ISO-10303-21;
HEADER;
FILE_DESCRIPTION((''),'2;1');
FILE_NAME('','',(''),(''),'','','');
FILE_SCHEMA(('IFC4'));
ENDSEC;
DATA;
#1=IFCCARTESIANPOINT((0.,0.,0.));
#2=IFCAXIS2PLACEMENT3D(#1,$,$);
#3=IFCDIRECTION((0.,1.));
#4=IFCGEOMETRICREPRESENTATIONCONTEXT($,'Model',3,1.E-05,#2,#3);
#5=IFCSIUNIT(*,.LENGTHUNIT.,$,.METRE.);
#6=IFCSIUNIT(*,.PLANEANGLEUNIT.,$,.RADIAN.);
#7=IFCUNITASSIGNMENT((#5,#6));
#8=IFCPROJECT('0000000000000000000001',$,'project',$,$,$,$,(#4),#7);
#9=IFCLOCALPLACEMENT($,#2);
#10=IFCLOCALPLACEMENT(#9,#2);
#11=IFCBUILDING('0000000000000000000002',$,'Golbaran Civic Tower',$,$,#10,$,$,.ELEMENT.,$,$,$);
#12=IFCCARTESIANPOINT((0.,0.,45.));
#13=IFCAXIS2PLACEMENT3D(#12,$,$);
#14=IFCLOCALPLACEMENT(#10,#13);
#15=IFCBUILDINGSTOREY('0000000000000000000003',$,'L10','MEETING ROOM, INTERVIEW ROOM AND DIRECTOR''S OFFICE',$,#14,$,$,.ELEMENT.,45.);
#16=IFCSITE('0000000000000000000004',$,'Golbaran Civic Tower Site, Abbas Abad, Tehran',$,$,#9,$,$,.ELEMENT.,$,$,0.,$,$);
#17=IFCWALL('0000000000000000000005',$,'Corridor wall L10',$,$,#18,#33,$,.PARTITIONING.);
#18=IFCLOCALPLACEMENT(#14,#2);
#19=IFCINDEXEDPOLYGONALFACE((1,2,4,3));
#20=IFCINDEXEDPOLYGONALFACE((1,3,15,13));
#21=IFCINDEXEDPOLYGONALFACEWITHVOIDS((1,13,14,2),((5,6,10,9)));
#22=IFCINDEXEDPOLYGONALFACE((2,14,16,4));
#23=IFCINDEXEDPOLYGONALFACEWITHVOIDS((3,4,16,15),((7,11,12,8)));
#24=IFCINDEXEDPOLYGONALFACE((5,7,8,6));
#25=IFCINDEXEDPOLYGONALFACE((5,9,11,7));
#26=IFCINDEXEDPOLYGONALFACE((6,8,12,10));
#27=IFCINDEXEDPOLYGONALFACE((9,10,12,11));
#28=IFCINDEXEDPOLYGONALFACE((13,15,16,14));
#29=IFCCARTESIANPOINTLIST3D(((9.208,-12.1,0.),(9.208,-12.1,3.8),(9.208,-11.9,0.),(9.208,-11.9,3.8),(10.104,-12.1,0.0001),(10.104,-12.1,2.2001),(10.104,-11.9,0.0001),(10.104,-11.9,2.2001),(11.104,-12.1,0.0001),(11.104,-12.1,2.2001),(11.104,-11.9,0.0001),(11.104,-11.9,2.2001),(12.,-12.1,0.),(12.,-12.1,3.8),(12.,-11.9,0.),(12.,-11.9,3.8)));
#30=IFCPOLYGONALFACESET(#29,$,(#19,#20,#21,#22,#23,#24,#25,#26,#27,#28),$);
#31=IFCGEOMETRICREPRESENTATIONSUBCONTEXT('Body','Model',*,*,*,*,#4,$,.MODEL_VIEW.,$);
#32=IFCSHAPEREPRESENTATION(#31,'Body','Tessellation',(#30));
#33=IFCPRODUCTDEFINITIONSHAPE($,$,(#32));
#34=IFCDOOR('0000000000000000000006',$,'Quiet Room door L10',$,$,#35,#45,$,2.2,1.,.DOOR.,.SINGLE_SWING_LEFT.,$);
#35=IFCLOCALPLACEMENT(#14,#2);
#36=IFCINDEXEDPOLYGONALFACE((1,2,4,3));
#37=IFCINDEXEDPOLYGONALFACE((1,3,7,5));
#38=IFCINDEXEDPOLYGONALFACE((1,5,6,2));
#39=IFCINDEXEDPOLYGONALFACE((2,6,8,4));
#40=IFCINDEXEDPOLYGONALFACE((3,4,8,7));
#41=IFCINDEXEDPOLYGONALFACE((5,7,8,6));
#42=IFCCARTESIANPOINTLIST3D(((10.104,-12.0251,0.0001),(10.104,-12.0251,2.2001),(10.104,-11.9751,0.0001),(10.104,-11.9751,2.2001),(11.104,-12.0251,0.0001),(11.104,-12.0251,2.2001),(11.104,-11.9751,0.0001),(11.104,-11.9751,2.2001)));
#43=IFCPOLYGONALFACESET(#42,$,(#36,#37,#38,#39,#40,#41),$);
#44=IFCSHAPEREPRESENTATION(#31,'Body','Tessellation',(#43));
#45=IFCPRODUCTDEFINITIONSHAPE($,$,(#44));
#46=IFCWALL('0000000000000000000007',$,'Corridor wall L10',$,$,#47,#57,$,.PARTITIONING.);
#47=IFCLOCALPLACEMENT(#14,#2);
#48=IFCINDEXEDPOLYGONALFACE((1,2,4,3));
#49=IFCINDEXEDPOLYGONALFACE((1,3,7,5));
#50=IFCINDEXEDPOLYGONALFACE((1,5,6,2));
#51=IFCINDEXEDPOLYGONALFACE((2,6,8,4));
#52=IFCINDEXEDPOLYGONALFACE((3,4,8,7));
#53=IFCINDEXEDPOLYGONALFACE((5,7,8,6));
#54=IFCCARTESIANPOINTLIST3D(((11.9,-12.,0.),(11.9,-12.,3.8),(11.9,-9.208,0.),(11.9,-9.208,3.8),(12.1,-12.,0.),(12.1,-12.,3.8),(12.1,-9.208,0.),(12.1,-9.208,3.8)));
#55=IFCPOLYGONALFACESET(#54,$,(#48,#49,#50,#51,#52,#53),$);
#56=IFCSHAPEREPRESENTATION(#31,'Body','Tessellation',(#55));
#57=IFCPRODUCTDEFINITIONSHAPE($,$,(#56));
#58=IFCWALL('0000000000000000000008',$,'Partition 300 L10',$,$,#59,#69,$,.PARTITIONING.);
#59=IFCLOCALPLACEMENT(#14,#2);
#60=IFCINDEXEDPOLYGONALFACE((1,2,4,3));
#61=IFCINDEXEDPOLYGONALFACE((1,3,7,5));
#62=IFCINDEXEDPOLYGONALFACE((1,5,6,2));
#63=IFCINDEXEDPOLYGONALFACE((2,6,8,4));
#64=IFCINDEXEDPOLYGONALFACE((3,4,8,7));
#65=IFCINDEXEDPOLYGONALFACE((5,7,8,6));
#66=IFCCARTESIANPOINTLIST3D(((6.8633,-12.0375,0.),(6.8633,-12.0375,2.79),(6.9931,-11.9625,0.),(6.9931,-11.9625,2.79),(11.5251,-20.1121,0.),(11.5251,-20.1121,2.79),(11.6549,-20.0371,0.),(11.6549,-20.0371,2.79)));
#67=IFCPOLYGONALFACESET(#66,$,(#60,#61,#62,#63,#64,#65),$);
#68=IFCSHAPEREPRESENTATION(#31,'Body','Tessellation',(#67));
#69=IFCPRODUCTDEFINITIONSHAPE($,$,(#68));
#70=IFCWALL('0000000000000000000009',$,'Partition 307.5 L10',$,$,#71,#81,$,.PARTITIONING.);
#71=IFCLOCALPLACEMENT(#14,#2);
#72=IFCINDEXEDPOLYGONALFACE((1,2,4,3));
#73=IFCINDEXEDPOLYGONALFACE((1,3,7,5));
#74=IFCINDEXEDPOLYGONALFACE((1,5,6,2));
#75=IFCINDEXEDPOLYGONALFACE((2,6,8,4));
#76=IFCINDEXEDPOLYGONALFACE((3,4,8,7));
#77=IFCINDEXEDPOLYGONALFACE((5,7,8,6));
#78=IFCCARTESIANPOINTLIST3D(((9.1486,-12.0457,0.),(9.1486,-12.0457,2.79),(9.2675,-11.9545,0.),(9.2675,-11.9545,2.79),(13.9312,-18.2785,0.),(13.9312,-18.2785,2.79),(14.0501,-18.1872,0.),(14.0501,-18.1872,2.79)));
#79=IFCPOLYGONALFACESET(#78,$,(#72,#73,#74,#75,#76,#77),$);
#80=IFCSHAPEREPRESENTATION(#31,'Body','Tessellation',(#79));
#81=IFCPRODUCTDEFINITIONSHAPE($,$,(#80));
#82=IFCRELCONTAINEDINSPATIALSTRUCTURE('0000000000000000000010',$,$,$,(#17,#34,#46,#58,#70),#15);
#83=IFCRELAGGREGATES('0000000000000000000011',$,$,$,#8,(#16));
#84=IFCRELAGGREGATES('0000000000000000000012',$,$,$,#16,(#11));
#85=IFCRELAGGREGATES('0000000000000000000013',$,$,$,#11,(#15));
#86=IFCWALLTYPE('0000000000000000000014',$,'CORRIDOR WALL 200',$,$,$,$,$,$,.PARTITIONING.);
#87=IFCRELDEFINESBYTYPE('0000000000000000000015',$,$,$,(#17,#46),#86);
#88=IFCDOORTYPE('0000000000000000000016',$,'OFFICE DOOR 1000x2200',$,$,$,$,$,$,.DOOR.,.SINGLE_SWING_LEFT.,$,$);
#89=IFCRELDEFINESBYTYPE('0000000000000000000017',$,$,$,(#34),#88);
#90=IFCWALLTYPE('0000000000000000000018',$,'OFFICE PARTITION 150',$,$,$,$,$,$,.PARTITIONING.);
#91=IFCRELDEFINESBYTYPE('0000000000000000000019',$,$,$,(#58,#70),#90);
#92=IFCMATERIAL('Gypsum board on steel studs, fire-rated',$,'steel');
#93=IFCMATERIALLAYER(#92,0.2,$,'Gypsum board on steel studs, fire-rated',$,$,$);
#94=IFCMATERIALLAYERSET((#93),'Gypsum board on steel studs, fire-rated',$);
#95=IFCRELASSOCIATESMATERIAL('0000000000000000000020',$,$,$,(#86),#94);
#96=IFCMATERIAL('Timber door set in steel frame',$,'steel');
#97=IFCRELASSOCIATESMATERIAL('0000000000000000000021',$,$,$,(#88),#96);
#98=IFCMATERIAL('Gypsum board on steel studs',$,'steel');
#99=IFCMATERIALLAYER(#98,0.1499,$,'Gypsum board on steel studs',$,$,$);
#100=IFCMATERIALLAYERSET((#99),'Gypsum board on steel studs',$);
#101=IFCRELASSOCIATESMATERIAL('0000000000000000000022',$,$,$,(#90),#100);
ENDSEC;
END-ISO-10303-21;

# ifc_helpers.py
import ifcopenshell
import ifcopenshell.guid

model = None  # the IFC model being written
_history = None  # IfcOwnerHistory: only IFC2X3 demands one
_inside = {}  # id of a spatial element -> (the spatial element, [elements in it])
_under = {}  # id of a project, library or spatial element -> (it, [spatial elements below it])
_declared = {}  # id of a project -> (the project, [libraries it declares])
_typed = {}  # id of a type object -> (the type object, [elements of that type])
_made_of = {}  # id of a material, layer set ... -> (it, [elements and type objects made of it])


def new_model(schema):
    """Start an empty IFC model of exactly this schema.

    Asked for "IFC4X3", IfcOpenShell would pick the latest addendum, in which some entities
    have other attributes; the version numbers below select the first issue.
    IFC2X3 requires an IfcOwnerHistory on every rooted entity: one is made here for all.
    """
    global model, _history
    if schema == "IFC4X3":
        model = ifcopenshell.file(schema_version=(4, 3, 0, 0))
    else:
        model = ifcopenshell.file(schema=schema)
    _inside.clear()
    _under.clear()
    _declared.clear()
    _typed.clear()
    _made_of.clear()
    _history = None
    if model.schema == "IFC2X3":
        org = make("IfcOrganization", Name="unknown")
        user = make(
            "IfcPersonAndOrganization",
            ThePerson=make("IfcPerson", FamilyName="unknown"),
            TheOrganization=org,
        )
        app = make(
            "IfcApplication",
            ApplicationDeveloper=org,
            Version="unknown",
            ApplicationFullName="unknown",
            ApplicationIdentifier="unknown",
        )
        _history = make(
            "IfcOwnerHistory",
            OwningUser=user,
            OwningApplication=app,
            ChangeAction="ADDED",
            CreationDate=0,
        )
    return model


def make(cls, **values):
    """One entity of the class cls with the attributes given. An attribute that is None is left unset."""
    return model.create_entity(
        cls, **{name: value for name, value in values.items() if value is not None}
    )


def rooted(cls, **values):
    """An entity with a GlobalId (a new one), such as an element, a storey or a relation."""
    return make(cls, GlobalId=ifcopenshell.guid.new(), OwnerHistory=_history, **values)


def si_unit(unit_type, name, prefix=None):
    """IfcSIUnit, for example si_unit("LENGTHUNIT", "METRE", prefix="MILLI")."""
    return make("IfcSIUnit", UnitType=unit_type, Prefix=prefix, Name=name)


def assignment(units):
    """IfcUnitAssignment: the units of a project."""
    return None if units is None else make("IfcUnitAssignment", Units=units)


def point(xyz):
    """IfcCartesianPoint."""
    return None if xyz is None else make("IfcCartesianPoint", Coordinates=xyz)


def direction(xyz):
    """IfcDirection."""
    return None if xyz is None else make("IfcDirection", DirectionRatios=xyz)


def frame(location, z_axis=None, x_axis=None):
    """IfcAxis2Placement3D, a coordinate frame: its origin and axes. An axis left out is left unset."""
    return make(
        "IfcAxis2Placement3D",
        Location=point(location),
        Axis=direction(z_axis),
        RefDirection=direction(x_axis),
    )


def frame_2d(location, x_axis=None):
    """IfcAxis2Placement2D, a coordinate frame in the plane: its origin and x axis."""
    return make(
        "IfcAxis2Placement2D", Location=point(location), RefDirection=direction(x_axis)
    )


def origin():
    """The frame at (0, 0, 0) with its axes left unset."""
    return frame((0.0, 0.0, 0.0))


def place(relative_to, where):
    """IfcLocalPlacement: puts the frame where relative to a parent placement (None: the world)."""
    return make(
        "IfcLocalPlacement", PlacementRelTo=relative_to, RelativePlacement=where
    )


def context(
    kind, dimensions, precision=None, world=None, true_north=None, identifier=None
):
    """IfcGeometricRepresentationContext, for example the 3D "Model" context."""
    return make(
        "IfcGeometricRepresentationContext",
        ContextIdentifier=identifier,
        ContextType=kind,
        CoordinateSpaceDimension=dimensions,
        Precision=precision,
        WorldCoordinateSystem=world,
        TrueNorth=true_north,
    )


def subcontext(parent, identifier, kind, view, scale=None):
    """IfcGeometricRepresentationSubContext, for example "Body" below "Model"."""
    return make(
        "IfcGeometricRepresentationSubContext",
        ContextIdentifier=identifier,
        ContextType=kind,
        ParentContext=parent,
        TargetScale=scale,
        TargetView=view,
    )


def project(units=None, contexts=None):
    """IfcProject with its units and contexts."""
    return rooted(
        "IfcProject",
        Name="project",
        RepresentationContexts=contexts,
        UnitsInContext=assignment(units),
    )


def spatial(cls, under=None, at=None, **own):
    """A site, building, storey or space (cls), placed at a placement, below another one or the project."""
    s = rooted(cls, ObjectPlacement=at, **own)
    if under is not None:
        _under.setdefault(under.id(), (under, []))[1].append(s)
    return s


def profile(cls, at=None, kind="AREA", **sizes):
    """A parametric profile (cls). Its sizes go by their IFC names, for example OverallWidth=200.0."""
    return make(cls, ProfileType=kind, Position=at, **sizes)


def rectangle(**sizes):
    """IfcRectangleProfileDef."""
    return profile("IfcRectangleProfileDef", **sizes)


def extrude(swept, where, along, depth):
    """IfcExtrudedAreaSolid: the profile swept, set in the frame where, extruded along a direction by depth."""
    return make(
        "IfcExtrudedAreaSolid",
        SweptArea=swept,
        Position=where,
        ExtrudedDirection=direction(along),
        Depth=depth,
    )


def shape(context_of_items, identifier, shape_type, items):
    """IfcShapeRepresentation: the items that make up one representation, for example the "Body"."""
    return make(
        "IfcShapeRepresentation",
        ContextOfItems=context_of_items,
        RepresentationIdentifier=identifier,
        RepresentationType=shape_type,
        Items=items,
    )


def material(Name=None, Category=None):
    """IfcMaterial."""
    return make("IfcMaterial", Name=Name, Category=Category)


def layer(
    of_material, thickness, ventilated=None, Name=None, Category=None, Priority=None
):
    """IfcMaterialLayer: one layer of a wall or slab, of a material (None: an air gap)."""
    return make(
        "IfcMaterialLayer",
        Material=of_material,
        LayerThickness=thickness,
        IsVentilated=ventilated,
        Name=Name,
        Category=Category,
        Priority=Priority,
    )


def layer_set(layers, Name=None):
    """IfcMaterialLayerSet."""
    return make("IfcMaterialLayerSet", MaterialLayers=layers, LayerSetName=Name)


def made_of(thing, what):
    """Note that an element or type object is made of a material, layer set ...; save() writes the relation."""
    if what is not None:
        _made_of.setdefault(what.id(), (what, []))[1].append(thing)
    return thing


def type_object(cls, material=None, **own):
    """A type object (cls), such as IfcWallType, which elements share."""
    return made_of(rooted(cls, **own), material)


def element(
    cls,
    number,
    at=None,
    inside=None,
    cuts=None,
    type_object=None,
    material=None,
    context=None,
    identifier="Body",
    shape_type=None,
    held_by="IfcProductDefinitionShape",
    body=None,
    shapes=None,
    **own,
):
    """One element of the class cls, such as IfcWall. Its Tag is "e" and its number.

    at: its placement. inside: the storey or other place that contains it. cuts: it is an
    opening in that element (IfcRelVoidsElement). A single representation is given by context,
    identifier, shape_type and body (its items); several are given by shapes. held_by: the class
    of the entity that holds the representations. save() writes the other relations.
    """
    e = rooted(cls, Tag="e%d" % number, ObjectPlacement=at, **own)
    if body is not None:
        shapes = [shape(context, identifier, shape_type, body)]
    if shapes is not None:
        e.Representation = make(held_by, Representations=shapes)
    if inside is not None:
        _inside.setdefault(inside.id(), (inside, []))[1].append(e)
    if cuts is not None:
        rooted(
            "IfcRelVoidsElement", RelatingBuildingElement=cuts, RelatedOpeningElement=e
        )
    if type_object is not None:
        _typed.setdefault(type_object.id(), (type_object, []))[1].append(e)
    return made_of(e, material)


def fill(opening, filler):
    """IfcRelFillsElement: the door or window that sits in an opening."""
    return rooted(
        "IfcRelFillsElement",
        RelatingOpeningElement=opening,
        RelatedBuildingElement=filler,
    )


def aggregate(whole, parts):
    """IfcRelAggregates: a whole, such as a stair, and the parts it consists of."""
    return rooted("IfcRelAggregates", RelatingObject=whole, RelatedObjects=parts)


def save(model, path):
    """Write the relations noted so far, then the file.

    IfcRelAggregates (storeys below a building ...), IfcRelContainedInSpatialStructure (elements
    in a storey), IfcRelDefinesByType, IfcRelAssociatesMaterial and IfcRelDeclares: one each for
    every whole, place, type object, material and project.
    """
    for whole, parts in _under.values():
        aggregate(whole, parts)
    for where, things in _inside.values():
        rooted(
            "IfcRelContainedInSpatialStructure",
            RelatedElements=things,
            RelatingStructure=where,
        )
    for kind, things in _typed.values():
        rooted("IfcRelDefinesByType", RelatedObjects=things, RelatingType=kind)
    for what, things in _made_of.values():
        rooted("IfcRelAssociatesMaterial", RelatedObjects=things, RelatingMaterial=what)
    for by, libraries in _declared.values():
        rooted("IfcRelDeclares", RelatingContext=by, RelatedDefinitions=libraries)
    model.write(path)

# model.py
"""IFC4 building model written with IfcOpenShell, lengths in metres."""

from ifc_helpers import new_model, si_unit, direction, frame, frame_2d, origin, place, context, subcontext, project, spatial, rectangle, extrude, material, layer, layer_set, type_object, element, fill, save


model = new_model("IFC4")

# Units and contexts
model_context = context("Model", 3, precision=1e-05, world=origin(), true_north=direction((0.0, 1.0)))
body_context = subcontext(model_context, "Body", "Model", "MODEL_VIEW")
ifc_project = project(units=[si_unit("LENGTHUNIT", "METRE"), si_unit("PLANEANGLEUNIT", "RADIAN")], contexts=[model_context])

# Site, building, storey
site_placement = place(None, origin())
site = spatial("IfcSite", under=ifc_project, at=site_placement, Name="Golbaran Civic Tower Site, Abbas Abad, Tehran", CompositionType="ELEMENT", RefElevation=0.0)
building_placement = place(site_placement, origin())
building = spatial("IfcBuilding", under=site, at=building_placement, Name="Golbaran Civic Tower", CompositionType="ELEMENT")
storey_placement = place(building_placement, frame((0.0, 0.0, 45.0)))
storey = spatial("IfcBuildingStorey", under=building, at=storey_placement, Name="L10", Description="MEETING ROOM, INTERVIEW ROOM AND DIRECTOR'S OFFICE", CompositionType="ELEMENT", Elevation=45.0)

# Wall, opening, door
ifc_material_1 = material(Name="Gypsum board on steel studs, fire-rated", Category="steel")
ifc_layer_1 = layer(ifc_material_1, 0.2, Name="Gypsum board on steel studs, fire-rated")
ifc_layer_set_1 = layer_set([ifc_layer_1], Name="Gypsum board on steel studs, fire-rated")
wall_type_1 = type_object("IfcWallType", Name="CORRIDOR WALL 200", PredefinedType="PARTITIONING", material=ifc_layer_set_1)
ifc_material_2 = material(Name="Timber door set in steel frame", Category="steel")
door_type = type_object("IfcDoorType", Name="OFFICE DOOR 1000x2200", OperationType="SINGLE_SWING_LEFT", PredefinedType="DOOR", material=ifc_material_2)
wall_1_placement = place(storey_placement, frame((9.208, -12.0, 0.0), z_axis=(0.0, 0.0, 1.0), x_axis=(1.0, 0.0, 0.0)))
wall_1 = element("IfcWall", 1, at=wall_1_placement, inside=storey, type_object=wall_type_1, Name="Corridor wall L10", PredefinedType="PARTITIONING", context=body_context, shape_type="SweptSolid", body=[
    extrude(rectangle(XDim=2.792, YDim=0.2, at=frame_2d((1.396, 0.0))), origin(), (0.0, 0.0, 1.0), 3.8),
])
opening_1_placement = place(wall_1_placement, frame((0.896, 0.0, 0.0)))
opening_1 = element("IfcOpeningElement", 2, at=opening_1_placement, cuts=wall_1, PredefinedType="OPENING", context=body_context, shape_type="SweptSolid", body=[
    extrude(rectangle(XDim=1.0, YDim=2.2, at=frame_2d((0.5, 1.1001))), frame((0.0, 0.1099, 0.0), z_axis=(0.0, -1.0, 0.0), x_axis=(1.0, 0.0, 0.0)), (0.0, 0.0, 1.0), 0.22),
])
door_1_placement = place(opening_1_placement, origin())
door_1 = element("IfcDoor", 3, at=door_1_placement, inside=storey, type_object=door_type, Name="Quiet Room door L10", OperationType="SINGLE_SWING_LEFT", OverallHeight=2.2, OverallWidth=1.0, PredefinedType="DOOR", context=body_context, shape_type="SweptSolid", body=[
    extrude(rectangle(XDim=1.0, YDim=2.2, at=frame_2d((0.5, 1.1001))), frame((0.0, 0.0249, 0.0), z_axis=(0.0, -1.0, 0.0), x_axis=(1.0, 0.0, 0.0)), (0.0, 0.0, 1.0), 0.05),
])
fill(opening_1, door_1)

# Walls
wall_2_placement = place(storey_placement, frame((12.0, -12.0, 0.0), z_axis=(0.0, 0.0, 1.0), x_axis=(0.0, 1.0, 0.0)))
element("IfcWall", 4, at=wall_2_placement, inside=storey, type_object=wall_type_1, Name="Corridor wall L10", PredefinedType="PARTITIONING", context=body_context, shape_type="SweptSolid", body=[
    extrude(rectangle(XDim=2.792, YDim=0.2, at=frame_2d((1.396, 0.0))), origin(), (0.0, 0.0, 1.0), 3.8),
])
ifc_material_3 = material(Name="Gypsum board on steel studs", Category="steel")
ifc_layer_2 = layer(ifc_material_3, 0.1499, Name="Gypsum board on steel studs")
ifc_layer_set_2 = layer_set([ifc_layer_2], Name="Gypsum board on steel studs")
wall_type_2 = type_object("IfcWallType", Name="OFFICE PARTITION 150", PredefinedType="PARTITIONING", material=ifc_layer_set_2)
wall_3_placement = place(storey_placement, frame((6.9282, -12.0, 0.0), z_axis=(0.0, 0.0, 1.0), x_axis=(0.499994, -0.866029, 0.0)))
element("IfcWall", 5, at=wall_3_placement, inside=storey, type_object=wall_type_2, Name="Partition 300 L10", PredefinedType="PARTITIONING", context=body_context, shape_type="SweptSolid", body=[
    extrude(rectangle(XDim=9.3237, YDim=0.1499, at=frame_2d((4.6619, 0.0))), origin(), (0.0, 0.0, 1.0), 2.79),
])
wall_4_placement = place(storey_placement, frame((9.208, -12.0, 0.0), z_axis=(0.0, 0.0, 1.0), x_axis=(0.60876, -0.793355, 0.0)))
element("IfcWall", 6, at=wall_4_placement, inside=storey, type_object=wall_type_2, Name="Partition 307.5 L10", PredefinedType="PARTITIONING", context=body_context, shape_type="SweptSolid", body=[
    extrude(rectangle(XDim=7.8562, YDim=0.1499, at=frame_2d((3.9282, 0.0))), origin(), (0.0, 0.0, 1.0), 2.79),
])

save(model, "model.ifc")
